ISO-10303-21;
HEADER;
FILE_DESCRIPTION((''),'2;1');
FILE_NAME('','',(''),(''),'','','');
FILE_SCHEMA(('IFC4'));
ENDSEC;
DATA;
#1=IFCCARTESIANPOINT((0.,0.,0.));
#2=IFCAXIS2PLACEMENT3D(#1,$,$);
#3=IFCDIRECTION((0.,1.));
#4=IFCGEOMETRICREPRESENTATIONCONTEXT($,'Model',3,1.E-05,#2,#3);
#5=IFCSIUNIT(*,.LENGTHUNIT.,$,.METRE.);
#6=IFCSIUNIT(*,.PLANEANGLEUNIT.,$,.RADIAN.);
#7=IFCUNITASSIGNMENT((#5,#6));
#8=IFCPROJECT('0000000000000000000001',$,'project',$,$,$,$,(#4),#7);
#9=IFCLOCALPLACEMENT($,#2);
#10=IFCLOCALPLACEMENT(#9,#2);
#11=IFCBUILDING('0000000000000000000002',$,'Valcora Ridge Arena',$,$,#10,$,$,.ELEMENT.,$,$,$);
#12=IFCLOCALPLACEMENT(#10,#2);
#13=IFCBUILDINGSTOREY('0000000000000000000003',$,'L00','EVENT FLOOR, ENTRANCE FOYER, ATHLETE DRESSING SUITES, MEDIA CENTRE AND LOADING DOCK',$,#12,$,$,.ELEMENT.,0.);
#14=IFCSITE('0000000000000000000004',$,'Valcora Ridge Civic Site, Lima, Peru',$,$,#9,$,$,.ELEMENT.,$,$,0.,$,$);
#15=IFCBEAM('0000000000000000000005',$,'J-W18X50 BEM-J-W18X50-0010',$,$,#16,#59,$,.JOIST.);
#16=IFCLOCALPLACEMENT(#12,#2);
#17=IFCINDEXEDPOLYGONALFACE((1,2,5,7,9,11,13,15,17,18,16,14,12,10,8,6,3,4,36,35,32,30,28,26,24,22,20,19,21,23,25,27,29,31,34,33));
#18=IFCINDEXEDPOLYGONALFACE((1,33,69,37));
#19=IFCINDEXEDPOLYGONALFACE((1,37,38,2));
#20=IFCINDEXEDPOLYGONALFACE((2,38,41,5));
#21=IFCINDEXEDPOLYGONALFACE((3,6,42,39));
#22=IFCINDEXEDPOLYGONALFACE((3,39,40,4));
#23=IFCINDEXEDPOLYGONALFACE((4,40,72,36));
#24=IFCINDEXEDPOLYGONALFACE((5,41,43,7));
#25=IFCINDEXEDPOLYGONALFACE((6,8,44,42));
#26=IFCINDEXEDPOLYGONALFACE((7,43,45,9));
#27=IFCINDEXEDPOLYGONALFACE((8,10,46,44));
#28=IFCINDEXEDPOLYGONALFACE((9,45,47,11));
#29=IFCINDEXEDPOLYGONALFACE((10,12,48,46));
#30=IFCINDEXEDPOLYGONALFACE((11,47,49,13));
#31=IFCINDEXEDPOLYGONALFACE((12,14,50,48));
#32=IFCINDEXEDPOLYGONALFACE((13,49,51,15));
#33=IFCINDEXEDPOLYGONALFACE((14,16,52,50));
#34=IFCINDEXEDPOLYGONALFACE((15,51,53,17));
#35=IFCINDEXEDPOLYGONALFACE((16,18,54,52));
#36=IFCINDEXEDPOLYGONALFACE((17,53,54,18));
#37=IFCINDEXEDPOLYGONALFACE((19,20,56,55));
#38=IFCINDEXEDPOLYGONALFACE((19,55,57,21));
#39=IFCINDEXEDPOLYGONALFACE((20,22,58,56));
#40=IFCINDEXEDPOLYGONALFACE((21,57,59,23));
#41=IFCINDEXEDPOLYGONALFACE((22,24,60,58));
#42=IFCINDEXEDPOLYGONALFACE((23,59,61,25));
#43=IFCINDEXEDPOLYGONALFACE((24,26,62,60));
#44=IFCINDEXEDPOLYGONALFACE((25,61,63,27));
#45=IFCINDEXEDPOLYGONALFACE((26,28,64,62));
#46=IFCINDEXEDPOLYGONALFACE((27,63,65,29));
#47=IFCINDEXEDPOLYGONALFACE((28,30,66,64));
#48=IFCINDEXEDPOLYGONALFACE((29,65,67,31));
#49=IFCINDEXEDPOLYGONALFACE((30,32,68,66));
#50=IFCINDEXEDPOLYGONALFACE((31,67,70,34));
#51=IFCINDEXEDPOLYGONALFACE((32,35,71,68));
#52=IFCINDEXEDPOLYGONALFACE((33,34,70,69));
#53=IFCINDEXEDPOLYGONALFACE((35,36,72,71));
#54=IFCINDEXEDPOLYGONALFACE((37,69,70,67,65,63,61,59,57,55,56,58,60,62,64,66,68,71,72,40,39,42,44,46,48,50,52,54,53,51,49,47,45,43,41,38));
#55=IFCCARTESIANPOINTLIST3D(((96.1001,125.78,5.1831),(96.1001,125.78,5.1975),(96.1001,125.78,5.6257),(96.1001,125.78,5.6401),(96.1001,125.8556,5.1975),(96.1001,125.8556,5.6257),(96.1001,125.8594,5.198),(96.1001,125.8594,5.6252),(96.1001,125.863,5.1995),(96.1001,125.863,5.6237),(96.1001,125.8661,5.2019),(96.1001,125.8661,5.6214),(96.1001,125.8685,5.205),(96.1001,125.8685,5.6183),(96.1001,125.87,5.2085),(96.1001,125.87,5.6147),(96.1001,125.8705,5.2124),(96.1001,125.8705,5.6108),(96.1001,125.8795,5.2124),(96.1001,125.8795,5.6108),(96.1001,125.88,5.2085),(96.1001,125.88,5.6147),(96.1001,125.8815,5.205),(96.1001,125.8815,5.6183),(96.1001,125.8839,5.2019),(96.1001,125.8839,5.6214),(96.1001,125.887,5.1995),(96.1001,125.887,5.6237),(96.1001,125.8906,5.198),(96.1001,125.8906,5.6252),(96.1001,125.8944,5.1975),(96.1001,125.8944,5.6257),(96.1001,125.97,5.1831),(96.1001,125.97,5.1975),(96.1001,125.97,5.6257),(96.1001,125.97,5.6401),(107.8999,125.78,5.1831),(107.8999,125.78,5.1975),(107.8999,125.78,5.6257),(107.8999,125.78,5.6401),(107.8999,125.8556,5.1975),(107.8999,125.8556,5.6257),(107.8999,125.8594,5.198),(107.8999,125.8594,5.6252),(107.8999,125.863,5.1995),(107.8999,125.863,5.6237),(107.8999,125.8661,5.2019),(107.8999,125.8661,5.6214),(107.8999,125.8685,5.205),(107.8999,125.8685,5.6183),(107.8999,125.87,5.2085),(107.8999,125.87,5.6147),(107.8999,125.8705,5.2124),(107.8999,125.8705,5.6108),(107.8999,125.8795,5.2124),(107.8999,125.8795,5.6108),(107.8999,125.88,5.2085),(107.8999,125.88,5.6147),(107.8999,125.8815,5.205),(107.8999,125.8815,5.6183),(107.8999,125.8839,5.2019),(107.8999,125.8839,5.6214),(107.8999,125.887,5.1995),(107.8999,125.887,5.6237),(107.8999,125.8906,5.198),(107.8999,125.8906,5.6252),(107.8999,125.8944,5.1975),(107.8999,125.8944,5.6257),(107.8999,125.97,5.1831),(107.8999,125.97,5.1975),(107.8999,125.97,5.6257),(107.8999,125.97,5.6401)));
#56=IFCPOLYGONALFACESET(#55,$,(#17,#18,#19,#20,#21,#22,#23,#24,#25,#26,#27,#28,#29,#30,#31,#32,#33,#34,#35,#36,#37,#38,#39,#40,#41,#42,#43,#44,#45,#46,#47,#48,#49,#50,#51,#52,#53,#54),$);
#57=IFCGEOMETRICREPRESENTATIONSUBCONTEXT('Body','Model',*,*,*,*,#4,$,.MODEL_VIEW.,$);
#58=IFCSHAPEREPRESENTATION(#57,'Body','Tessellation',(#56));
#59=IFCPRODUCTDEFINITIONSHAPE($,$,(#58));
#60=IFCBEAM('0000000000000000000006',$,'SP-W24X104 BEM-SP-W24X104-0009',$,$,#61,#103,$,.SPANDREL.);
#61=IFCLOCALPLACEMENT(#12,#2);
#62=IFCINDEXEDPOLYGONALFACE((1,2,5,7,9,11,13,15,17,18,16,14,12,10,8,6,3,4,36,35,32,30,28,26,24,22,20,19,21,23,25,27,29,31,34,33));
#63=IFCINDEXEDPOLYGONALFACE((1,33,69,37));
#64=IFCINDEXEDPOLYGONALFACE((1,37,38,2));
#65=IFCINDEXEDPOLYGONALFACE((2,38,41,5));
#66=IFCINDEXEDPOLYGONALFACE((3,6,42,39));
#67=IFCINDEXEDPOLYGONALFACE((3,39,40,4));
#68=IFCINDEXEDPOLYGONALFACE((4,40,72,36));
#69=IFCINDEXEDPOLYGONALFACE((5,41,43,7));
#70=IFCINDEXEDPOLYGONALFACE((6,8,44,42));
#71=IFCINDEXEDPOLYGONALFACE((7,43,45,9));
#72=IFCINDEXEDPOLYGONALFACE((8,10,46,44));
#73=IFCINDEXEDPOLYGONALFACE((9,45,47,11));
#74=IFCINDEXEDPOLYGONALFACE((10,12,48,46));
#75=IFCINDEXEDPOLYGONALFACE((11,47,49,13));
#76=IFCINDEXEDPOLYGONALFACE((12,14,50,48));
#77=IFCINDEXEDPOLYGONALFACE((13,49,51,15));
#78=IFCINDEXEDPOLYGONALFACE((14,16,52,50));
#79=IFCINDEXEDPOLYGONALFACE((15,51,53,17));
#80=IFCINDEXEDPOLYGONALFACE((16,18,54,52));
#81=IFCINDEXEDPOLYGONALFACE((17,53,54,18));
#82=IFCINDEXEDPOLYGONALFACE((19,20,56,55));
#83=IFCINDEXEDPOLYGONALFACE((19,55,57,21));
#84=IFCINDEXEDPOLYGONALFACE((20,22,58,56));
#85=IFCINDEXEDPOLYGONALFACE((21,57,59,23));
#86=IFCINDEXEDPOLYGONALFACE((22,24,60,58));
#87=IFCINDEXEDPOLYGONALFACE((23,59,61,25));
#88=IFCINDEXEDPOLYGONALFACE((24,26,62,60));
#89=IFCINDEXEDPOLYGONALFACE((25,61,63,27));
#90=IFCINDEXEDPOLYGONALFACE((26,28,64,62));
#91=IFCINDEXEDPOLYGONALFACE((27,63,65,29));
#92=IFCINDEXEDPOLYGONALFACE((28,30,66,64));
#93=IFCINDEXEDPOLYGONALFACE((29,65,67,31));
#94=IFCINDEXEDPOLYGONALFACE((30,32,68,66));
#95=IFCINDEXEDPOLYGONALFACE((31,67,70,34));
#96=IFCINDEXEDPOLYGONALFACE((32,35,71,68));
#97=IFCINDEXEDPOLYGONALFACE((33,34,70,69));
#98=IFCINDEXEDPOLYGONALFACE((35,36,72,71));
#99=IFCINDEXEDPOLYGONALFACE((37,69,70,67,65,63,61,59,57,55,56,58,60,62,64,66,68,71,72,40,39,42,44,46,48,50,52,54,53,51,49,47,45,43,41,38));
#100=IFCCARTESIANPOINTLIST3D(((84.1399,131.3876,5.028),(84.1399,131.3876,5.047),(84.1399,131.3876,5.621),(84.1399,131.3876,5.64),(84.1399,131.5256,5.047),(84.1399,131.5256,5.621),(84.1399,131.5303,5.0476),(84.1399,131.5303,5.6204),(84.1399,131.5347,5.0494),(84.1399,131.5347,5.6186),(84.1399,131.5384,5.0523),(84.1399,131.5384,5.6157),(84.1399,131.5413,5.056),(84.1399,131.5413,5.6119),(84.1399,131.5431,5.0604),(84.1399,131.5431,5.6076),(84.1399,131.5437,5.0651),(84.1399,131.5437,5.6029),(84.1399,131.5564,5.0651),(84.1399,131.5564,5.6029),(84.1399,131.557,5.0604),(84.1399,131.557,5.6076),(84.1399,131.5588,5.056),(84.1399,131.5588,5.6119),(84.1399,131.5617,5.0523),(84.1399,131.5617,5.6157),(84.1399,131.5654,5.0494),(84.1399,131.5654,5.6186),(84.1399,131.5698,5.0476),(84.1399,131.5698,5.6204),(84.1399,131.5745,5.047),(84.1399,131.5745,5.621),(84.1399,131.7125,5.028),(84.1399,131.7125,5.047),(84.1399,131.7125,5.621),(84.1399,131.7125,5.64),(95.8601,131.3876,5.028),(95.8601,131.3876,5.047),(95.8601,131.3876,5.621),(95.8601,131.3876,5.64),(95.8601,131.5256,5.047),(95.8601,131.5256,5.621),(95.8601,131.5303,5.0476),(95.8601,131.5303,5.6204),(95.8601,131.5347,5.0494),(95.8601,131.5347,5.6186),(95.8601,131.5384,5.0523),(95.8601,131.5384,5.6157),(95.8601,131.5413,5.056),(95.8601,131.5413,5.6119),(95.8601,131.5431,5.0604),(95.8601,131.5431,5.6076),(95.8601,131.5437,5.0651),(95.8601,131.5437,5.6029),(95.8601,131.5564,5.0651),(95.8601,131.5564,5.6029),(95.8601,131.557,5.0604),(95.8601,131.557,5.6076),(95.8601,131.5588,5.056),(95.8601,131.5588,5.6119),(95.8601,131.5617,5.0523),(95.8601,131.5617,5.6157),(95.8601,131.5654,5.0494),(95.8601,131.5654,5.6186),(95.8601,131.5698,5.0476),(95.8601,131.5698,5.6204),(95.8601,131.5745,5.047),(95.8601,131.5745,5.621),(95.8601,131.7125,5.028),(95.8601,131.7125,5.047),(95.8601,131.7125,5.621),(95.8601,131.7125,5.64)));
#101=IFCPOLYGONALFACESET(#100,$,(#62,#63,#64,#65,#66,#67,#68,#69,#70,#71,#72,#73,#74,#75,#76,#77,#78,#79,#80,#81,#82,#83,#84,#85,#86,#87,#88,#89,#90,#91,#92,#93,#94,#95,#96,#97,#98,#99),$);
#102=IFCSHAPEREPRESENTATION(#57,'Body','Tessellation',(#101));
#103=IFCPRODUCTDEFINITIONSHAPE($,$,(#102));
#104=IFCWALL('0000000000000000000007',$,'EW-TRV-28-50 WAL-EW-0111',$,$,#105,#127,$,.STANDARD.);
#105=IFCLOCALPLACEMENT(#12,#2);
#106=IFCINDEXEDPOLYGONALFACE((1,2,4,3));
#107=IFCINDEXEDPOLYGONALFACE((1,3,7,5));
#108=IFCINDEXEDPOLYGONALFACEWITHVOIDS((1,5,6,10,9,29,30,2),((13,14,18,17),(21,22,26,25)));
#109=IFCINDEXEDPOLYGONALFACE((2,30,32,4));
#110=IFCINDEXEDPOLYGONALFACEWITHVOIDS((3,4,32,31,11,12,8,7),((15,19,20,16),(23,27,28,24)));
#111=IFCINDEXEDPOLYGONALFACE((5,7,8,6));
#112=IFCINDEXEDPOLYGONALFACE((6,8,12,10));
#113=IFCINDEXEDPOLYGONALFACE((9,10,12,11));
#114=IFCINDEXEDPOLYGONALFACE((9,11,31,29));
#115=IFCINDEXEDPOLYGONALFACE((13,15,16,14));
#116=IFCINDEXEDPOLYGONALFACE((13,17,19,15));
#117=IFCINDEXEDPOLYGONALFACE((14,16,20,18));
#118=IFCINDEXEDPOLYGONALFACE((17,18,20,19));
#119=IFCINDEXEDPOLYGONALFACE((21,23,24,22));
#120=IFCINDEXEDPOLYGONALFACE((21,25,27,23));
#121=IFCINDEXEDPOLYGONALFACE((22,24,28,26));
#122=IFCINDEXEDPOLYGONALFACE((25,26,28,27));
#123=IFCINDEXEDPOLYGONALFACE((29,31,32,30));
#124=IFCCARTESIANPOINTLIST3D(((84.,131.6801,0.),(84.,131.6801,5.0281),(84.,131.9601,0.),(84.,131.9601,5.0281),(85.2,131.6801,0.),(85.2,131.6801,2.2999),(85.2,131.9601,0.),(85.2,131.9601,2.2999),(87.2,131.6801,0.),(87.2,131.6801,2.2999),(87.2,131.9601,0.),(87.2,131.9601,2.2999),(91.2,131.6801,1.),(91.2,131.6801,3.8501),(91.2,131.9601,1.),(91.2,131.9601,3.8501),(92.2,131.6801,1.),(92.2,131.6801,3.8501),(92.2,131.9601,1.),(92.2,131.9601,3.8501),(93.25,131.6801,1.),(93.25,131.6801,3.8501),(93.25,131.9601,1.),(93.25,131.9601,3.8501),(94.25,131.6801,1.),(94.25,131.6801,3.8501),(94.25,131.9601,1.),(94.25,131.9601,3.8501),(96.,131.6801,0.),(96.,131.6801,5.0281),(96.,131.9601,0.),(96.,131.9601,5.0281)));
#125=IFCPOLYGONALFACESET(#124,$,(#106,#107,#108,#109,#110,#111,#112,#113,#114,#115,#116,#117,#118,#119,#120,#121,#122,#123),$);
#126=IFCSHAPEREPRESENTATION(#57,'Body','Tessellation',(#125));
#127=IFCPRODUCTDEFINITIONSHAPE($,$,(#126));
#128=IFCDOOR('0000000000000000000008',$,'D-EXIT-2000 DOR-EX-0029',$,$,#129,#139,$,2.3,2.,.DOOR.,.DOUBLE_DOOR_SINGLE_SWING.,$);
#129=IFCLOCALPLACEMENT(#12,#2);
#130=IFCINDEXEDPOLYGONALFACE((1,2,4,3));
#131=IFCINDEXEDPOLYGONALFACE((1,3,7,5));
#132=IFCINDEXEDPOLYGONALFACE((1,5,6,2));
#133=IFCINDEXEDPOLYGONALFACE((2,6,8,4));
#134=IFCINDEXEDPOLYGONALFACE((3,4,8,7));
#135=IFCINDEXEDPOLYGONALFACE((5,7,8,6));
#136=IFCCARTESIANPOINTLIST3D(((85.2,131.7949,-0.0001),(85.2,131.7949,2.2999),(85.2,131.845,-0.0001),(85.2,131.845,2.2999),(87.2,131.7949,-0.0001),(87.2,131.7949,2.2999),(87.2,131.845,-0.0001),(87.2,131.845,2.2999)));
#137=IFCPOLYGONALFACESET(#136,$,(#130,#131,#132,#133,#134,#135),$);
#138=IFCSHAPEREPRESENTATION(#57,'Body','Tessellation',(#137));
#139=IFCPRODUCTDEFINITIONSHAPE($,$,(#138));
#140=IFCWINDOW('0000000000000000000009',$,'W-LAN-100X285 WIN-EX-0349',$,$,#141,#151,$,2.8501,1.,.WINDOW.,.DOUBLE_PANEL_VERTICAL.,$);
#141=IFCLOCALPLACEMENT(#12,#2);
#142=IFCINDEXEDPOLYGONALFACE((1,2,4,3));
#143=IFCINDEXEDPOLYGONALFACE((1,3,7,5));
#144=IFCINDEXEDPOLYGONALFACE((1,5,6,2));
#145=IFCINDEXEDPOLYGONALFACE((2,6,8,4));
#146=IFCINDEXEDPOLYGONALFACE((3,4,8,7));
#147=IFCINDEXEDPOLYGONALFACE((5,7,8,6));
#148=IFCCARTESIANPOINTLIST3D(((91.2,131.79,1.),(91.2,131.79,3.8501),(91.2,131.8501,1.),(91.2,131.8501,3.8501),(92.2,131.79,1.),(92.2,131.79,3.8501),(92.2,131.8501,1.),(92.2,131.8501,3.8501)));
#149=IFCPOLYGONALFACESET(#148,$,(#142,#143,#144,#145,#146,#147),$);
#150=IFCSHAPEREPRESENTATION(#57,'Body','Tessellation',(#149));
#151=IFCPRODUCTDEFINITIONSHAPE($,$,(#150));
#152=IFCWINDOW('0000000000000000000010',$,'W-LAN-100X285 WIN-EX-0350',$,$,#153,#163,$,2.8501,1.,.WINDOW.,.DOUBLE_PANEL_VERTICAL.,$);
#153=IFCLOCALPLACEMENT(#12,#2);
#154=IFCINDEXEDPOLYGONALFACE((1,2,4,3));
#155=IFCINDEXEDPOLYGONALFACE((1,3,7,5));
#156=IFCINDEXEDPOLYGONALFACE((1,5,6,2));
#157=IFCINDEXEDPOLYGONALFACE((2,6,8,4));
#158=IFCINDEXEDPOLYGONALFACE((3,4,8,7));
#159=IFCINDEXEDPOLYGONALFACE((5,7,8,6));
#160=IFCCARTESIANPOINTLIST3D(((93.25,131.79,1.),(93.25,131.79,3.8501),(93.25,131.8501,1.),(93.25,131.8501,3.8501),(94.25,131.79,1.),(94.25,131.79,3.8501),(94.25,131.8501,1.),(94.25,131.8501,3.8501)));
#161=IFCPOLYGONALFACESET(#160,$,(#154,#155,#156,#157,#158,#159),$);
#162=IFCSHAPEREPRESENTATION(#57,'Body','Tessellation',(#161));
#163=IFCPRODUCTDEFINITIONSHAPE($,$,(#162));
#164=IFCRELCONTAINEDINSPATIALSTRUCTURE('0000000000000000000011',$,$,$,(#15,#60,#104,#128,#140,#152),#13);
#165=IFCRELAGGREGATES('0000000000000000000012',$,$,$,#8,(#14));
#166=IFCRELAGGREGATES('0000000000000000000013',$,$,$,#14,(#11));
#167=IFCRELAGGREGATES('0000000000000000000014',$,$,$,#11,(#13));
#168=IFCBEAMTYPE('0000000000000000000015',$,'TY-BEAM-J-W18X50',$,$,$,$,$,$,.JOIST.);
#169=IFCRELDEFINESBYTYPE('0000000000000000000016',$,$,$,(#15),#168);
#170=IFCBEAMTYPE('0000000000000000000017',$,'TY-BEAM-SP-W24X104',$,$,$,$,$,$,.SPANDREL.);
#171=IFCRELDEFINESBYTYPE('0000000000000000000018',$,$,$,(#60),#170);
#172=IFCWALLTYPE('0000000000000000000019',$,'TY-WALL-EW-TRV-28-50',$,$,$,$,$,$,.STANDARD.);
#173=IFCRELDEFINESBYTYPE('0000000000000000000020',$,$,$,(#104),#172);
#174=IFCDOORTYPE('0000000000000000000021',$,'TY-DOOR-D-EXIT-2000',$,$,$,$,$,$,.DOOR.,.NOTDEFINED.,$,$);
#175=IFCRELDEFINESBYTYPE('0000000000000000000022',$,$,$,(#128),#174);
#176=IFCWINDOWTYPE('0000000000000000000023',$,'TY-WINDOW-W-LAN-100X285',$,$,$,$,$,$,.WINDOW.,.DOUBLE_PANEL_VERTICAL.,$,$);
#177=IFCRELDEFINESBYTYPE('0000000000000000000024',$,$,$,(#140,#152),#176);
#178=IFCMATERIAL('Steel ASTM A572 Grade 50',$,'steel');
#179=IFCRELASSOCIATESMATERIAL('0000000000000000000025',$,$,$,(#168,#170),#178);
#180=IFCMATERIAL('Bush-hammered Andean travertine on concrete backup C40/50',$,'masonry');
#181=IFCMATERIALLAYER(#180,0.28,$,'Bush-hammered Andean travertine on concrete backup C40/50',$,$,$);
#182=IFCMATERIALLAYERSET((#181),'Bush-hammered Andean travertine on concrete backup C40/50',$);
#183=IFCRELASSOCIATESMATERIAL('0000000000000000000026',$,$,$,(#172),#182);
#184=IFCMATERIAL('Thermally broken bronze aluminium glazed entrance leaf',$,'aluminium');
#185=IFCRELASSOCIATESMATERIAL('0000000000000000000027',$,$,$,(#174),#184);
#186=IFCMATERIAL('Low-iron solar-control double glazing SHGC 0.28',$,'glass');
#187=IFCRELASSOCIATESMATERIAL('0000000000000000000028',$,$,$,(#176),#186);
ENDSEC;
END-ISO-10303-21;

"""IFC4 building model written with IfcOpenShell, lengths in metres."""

from ifc_helpers import new_model, si_unit, direction, frame, frame_2d, origin, origin_2d, place, context, subcontext, project, spatial, rectangle, i_section, extrude, material, layer, layer_set, material_profile, profile_set, type_object, element, fill, save


model = new_model("IFC4")

# Units and contexts
model_context = context("Model", 3, precision=1e-05, world=origin(), true_north=direction((0.0, 1.0)))
body_context = subcontext(model_context, "Body", "Model", "MODEL_VIEW")
ifc_project = project(units=[si_unit("LENGTHUNIT", "METRE"), si_unit("PLANEANGLEUNIT", "RADIAN")], contexts=[model_context])

# Site, building, storey
site_placement = place(None, origin())
site = spatial("IfcSite", under=ifc_project, at=site_placement, Name="Valcora Ridge Civic Site, Lima, Peru", CompositionType="ELEMENT", RefElevation=0.0)
building_placement = place(site_placement, origin())
building = spatial("IfcBuilding", under=site, at=building_placement, Name="Valcora Ridge Arena", CompositionType="ELEMENT")
storey_placement = place(building_placement, origin())
storey = spatial("IfcBuildingStorey", under=building, at=storey_placement, Name="L00", Description="EVENT FLOOR, ENTRANCE FOYER, ATHLETE DRESSING SUITES, MEDIA CENTRE AND LOADING DOCK", CompositionType="ELEMENT", Elevation=0.0)

# Beams
ifc_material_1 = material(Name="Steel ASTM A572 Grade 50", Category="steel")
ifc_material_profile_1 = material_profile(ifc_material_1, i_section(OverallWidth=0.1899, OverallDepth=0.457, WebThickness=0.009, FlangeThickness=0.0144, FilletRadius=0.0149, at=origin_2d()), Name="W18X50")
ifc_profile_set_1 = profile_set([ifc_material_profile_1], Name="Steel ASTM A572 Grade 50")
beam_type_1 = type_object("IfcBeamType", Name="TY-BEAM-J-W18X50", PredefinedType="JOIST", material=ifc_profile_set_1)
for number, where, z_axis, x_axis, name in (
    (1, (96.1001, 125.875, 5.4116), (1.0, 0.0, 0.0), (0.0, 1.0, 0.0), "J-W18X50 BEM-J-W18X50-0010"),
):
    element("IfcBeam", number, at=place(storey_placement, frame(where, z_axis=z_axis, x_axis=x_axis)), inside=storey, type_object=beam_type_1, Name=name, PredefinedType="JOIST", context=body_context, shape_type="SweptSolid", body=[
        extrude(i_section(OverallWidth=0.1899, OverallDepth=0.457, WebThickness=0.009, FlangeThickness=0.0144, FilletRadius=0.0149, at=origin_2d()), origin(), (0.0, 0.0, 1.0), 11.7998),
    ])
ifc_material_profile_2 = material_profile(ifc_material_1, i_section(OverallWidth=0.325, OverallDepth=0.6121, WebThickness=0.0127, FlangeThickness=0.019, FilletRadius=0.0181, at=origin_2d()), Name="W24X104")
ifc_profile_set_2 = profile_set([ifc_material_profile_2], Name="Steel ASTM A572 Grade 50")
beam_type_2 = type_object("IfcBeamType", Name="TY-BEAM-SP-W24X104", PredefinedType="SPANDREL", material=ifc_profile_set_2)
beam_1_placement = place(storey_placement, frame((84.1399, 131.55, 5.334), z_axis=(1.0, 0.0, 0.0), x_axis=(0.0, 1.0, 0.0)))
element("IfcBeam", 2, at=beam_1_placement, inside=storey, type_object=beam_type_2, Name="SP-W24X104 BEM-SP-W24X104-0009", PredefinedType="SPANDREL", context=body_context, shape_type="SweptSolid", body=[
    extrude(i_section(OverallWidth=0.325, OverallDepth=0.6121, WebThickness=0.0127, FlangeThickness=0.019, FilletRadius=0.0181, at=origin_2d()), origin(), (0.0, 0.0, 1.0), 11.7202),
])

# Wall, openings, door, windows
ifc_material_2 = material(Name="Bush-hammered Andean travertine on concrete backup C40/50", Category="masonry")
ifc_layer_1 = layer(ifc_material_2, 0.28, Name="Bush-hammered Andean travertine on concrete backup C40/50")
ifc_layer_set_1 = layer_set([ifc_layer_1], Name="Bush-hammered Andean travertine on concrete backup C40/50")
wall_type = type_object("IfcWallType", Name="TY-WALL-EW-TRV-28-50", PredefinedType="STANDARD", material=ifc_layer_set_1)
wall_1_placement = place(storey_placement, frame((84.0, 131.8201, 0.0), z_axis=(0.0, 0.0, 1.0), x_axis=(1.0, 0.0, 0.0)))
wall_1 = element("IfcWall", 3, at=wall_1_placement, inside=storey, type_object=wall_type, Name="EW-TRV-28-50 WAL-EW-0111", PredefinedType="STANDARD", context=body_context, shape_type="SweptSolid", body=[
    extrude(rectangle(XDim=12.0, YDim=0.28, at=frame_2d((6.0, 0.0))), origin(), (0.0, 0.0, 1.0), 5.0281),
])
opening_1_placement = place(wall_1_placement, frame((1.2, 0.0, 0.0)))
opening_1 = element("IfcOpeningElement", 4, at=opening_1_placement, cuts=wall_1, PredefinedType="OPENING", context=body_context, shape_type="SweptSolid", body=[
    extrude(rectangle(XDim=2.0, YDim=2.3, at=frame_2d((1.0, 1.1499))), frame((0.0, 0.1499, 0.0), z_axis=(0.0, -1.0, 0.0), x_axis=(1.0, 0.0, 0.0)), (0.0, 0.0, 1.0), 0.3),
])
opening_2_placement = place(wall_1_placement, frame((7.2, 0.0, 1.0)))
opening_2 = element("IfcOpeningElement", 5, at=opening_2_placement, cuts=wall_1, PredefinedType="OPENING", context=body_context, shape_type="SweptSolid", body=[
    extrude(rectangle(XDim=1.0, YDim=2.8501, at=frame_2d((0.5, 1.425))), frame((0.0, 0.1499, 0.0), z_axis=(0.0, -1.0, 0.0), x_axis=(1.0, 0.0, 0.0)), (0.0, 0.0, 1.0), 0.3),
])
opening_3_placement = place(wall_1_placement, frame((9.25, 0.0, 1.0)))
opening_3 = element("IfcOpeningElement", 6, at=opening_3_placement, cuts=wall_1, PredefinedType="OPENING", context=body_context, shape_type="SweptSolid", body=[
    extrude(rectangle(XDim=1.0, YDim=2.8501, at=frame_2d((0.5, 1.425))), frame((0.0, 0.1499, 0.0), z_axis=(0.0, -1.0, 0.0), x_axis=(1.0, 0.0, 0.0)), (0.0, 0.0, 1.0), 0.3),
])
ifc_material_3 = material(Name="Thermally broken bronze aluminium glazed entrance leaf", Category="aluminium")
door_type = type_object("IfcDoorType", Name="TY-DOOR-D-EXIT-2000", OperationType="NOTDEFINED", PredefinedType="DOOR", material=ifc_material_3)
door_1_placement = place(opening_1_placement, origin())
door_1 = element("IfcDoor", 7, at=door_1_placement, inside=storey, type_object=door_type, Name="D-EXIT-2000 DOR-EX-0029", OperationType="DOUBLE_DOOR_SINGLE_SWING", OverallHeight=2.3, OverallWidth=2.0, PredefinedType="DOOR", context=body_context, shape_type="SweptSolid", body=[
    extrude(rectangle(XDim=2.0, YDim=2.3, at=frame_2d((1.0, 1.1499))), frame((0.0, 0.0249, 0.0), z_axis=(0.0, -1.0, 0.0), x_axis=(1.0, 0.0, 0.0)), (0.0, 0.0, 1.0), 0.05),
])
fill(opening_1, door_1)
ifc_material_4 = material(Name="Low-iron solar-control double glazing SHGC 0.28", Category="glass")
window_type = type_object("IfcWindowType", Name="TY-WINDOW-W-LAN-100X285", PartitioningType="DOUBLE_PANEL_VERTICAL", PredefinedType="WINDOW", material=ifc_material_4)
window_1_placement = place(opening_2_placement, origin())
window_1 = element("IfcWindow", 8, at=window_1_placement, inside=storey, type_object=window_type, Name="W-LAN-100X285 WIN-EX-0349", OverallHeight=2.8501, OverallWidth=1.0, PartitioningType="DOUBLE_PANEL_VERTICAL", PredefinedType="WINDOW", context=body_context, shape_type="SweptSolid", body=[
    extrude(rectangle(XDim=1.0, YDim=2.8501, at=frame_2d((0.5, 1.425))), frame((0.0, 0.03, 0.0), z_axis=(0.0, -1.0, 0.0), x_axis=(1.0, 0.0, 0.0)), (0.0, 0.0, 1.0), 0.0601),
])
fill(opening_2, window_1)
window_2_placement = place(opening_3_placement, origin())
window_2 = element("IfcWindow", 9, at=window_2_placement, inside=storey, type_object=window_type, Name="W-LAN-100X285 WIN-EX-0350", OverallHeight=2.8501, OverallWidth=1.0, PartitioningType="DOUBLE_PANEL_VERTICAL", PredefinedType="WINDOW", context=body_context, shape_type="SweptSolid", body=[
    extrude(rectangle(XDim=1.0, YDim=2.8501, at=frame_2d((0.5, 1.425))), frame((0.0, 0.03, 0.0), z_axis=(0.0, -1.0, 0.0), x_axis=(1.0, 0.0, 0.0)), (0.0, 0.0, 1.0), 0.0601),
])
fill(opening_3, window_2)

save(model, "model.ifc")
